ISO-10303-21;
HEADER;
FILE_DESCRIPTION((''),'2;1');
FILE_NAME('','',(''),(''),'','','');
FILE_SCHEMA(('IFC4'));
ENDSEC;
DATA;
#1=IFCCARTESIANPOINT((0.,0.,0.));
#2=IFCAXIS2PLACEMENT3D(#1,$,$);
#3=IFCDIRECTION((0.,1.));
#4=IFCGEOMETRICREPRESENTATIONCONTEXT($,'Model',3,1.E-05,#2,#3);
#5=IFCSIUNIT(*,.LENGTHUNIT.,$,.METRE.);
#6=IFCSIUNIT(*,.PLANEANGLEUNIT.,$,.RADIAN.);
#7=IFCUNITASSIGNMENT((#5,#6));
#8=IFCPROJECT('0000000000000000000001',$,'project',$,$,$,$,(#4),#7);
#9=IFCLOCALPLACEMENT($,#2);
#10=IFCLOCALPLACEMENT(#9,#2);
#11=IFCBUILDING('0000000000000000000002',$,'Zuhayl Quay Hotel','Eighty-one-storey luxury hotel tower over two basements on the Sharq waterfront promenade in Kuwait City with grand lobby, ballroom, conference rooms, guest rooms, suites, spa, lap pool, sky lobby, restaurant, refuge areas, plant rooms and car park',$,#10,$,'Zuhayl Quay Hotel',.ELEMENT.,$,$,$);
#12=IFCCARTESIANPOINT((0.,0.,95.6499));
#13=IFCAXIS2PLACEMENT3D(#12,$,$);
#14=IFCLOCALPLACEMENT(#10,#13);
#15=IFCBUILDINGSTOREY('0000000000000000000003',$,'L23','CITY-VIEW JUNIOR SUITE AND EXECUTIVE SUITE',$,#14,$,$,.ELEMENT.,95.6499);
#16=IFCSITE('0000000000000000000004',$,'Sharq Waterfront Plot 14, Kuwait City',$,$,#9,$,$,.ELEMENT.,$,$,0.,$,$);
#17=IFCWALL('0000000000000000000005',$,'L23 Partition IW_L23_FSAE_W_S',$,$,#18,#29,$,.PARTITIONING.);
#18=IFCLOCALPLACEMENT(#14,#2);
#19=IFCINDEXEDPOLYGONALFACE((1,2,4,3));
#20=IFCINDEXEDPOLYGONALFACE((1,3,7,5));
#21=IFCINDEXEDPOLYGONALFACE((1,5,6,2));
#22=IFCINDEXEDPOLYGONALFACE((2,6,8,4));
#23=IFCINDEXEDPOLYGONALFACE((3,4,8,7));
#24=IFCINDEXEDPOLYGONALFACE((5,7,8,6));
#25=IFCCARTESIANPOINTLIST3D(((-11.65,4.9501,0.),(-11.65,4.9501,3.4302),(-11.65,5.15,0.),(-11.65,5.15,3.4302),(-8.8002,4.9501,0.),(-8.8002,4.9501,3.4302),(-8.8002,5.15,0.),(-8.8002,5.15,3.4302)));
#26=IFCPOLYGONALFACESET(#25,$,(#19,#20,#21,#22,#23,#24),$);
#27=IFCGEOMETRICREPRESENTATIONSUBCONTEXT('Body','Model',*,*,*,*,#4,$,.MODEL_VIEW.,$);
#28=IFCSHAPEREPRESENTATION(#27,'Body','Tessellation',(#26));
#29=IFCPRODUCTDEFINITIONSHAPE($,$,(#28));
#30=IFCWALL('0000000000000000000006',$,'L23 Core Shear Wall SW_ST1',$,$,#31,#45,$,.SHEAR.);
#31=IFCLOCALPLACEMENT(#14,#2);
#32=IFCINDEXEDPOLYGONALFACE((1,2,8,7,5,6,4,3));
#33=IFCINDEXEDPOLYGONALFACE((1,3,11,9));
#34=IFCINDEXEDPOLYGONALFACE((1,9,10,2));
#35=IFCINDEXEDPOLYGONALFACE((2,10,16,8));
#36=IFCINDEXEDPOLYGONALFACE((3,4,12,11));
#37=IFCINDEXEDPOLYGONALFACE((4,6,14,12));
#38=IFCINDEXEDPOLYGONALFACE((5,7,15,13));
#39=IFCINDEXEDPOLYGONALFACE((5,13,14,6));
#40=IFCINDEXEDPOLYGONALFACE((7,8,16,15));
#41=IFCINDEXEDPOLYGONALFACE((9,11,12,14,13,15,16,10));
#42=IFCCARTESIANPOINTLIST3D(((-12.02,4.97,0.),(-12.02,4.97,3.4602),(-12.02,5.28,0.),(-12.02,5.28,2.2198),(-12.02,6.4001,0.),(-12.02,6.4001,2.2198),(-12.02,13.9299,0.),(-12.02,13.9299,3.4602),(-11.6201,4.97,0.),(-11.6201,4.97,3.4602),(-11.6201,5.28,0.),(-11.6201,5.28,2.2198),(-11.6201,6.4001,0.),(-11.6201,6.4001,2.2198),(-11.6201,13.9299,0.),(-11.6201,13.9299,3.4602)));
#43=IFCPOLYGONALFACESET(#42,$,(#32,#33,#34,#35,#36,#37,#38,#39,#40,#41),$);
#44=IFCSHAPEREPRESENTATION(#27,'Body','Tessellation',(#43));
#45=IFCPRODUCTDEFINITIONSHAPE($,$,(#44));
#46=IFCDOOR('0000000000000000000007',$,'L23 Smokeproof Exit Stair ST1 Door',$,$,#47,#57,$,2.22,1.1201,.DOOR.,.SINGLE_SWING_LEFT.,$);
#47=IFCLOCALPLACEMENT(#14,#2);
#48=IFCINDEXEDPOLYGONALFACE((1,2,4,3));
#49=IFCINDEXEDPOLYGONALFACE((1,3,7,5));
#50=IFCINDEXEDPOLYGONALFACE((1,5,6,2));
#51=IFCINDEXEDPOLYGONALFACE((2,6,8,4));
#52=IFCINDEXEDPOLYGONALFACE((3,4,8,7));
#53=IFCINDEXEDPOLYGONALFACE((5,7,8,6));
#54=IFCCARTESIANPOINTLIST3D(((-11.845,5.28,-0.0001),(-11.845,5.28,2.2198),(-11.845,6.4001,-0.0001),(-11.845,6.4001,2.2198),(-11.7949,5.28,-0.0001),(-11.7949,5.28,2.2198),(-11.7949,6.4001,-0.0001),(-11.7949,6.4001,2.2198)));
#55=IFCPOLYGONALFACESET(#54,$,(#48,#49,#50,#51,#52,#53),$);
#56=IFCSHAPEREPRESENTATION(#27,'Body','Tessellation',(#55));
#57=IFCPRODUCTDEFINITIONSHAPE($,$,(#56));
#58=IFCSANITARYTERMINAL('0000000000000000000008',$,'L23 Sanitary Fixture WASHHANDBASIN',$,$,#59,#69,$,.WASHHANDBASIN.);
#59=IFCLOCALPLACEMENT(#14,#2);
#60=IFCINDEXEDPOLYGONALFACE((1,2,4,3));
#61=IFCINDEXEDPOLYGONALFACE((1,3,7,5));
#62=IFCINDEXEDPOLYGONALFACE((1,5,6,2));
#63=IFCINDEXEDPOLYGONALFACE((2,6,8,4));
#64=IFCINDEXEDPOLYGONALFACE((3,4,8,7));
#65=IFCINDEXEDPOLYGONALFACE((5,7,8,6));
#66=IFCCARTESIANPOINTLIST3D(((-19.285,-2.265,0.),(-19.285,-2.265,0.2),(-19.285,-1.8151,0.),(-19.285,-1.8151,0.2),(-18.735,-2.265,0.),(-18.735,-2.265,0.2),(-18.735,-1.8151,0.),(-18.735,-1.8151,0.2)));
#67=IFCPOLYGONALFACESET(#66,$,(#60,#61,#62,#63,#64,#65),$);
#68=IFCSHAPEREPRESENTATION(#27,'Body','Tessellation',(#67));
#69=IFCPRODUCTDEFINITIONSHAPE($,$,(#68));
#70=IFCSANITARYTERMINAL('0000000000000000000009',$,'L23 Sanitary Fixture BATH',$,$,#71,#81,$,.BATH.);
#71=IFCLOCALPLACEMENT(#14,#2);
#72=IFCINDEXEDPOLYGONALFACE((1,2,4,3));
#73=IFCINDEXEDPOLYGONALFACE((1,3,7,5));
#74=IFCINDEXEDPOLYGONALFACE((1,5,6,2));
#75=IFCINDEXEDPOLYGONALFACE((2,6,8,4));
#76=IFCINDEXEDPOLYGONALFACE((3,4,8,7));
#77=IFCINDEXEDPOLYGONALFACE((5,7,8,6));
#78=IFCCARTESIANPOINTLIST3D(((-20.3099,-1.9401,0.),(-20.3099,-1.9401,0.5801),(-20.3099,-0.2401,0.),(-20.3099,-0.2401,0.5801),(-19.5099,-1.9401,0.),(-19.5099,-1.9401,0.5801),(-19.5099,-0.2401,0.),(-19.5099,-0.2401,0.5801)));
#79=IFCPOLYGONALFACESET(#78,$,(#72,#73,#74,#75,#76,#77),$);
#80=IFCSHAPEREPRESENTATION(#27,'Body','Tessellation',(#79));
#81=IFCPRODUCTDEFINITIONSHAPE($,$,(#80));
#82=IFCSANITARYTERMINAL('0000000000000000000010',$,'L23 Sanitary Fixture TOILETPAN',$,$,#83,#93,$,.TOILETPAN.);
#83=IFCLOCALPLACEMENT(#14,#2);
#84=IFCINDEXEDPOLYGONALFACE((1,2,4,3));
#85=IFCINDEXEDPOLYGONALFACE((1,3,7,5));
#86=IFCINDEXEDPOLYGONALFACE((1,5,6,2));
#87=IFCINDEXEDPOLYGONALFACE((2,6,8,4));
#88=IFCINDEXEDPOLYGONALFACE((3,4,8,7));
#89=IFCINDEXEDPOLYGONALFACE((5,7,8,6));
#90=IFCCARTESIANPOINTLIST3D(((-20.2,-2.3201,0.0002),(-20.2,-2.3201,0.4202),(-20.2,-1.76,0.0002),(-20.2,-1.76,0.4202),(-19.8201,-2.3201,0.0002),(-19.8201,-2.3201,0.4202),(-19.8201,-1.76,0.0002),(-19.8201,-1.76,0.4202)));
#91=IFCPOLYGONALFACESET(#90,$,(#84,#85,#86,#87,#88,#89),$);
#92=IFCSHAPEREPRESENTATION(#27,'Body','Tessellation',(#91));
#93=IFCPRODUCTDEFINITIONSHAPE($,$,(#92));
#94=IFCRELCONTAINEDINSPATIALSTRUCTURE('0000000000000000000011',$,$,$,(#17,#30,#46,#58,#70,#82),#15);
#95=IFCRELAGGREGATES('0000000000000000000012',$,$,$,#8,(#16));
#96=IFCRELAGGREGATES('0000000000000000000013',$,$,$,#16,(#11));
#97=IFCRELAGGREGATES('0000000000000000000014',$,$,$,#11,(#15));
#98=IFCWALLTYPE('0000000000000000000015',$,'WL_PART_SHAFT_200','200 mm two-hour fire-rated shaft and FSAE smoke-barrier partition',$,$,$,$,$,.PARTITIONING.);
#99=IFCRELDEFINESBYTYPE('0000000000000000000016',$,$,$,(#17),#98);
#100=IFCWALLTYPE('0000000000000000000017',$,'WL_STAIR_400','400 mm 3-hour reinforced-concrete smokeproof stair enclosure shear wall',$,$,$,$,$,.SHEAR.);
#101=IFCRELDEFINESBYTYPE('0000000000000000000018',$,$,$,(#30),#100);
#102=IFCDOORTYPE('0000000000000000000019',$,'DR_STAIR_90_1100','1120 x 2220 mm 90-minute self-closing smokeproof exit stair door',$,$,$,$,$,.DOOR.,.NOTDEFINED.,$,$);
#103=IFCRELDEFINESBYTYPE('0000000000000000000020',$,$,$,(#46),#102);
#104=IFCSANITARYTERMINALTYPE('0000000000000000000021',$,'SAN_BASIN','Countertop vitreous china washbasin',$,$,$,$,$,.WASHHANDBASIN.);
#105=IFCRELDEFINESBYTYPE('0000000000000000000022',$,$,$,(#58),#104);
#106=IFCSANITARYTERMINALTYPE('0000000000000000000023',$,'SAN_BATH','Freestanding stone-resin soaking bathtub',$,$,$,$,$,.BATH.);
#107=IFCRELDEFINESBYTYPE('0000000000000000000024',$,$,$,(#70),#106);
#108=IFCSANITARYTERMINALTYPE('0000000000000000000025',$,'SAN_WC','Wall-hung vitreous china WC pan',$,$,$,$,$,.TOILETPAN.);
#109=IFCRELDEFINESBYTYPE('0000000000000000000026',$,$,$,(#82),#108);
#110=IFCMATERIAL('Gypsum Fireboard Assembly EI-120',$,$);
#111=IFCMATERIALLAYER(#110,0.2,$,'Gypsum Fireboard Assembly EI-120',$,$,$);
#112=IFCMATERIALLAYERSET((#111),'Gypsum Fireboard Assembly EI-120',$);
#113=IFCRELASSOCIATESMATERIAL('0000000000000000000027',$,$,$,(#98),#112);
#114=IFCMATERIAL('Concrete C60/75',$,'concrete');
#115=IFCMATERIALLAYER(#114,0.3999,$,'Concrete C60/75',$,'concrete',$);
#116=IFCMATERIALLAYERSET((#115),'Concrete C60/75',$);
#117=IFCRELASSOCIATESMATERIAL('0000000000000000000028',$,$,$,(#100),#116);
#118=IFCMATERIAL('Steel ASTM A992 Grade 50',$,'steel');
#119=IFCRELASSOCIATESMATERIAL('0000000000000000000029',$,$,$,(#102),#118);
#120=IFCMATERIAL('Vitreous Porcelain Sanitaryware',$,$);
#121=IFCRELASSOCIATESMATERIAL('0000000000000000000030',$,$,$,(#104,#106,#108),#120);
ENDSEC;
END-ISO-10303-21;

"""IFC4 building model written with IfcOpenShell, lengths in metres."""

from ifc_helpers import new_model, si_unit, direction, frame, frame_2d, origin, origin_2d, place, context, subcontext, project, spatial, rectangle, extrude, material, layer, layer_set, type_object, element, fill, save


model = new_model("IFC4")

# Units and contexts
model_context = context("Model", 3, precision=1e-05, world=origin(), true_north=direction((0.0, 1.0)))
body_context = subcontext(model_context, "Body", "Model", "MODEL_VIEW")
ifc_project = project(units=[si_unit("LENGTHUNIT", "METRE"), si_unit("PLANEANGLEUNIT", "RADIAN")], contexts=[model_context])

# Site, building, storey
site_placement = place(None, origin())
site = spatial("IfcSite", under=ifc_project, at=site_placement, Name="Sharq Waterfront Plot 14, Kuwait City", CompositionType="ELEMENT", RefElevation=0.0)
building_placement = place(site_placement, origin())
building = spatial("IfcBuilding", under=site, at=building_placement, Name="Zuhayl Quay Hotel", Description="Eighty-one-storey luxury hotel tower over two basements on the Sharq waterfront promenade in Kuwait City with grand lobby, ballroom, conference rooms, guest rooms, suites, spa, lap pool, sky lobby, restaurant, refuge areas, plant rooms and car park", LongName="Zuhayl Quay Hotel", CompositionType="ELEMENT")
storey_placement = place(building_placement, frame((0.0, 0.0, 95.6499)))
storey = spatial("IfcBuildingStorey", under=building, at=storey_placement, Name="L23", Description="CITY-VIEW JUNIOR SUITE AND EXECUTIVE SUITE", CompositionType="ELEMENT", Elevation=95.6499)

# Shared definitions
ifc_material_1 = material(Name="Concrete C60/75", Category="concrete")
ifc_material_2 = material(Name="Steel ASTM A992 Grade 50", Category="steel")

# Wall
ifc_material_3 = material(Name="Gypsum Fireboard Assembly EI-120")
ifc_layer_1 = layer(ifc_material_3, 0.2, Name="Gypsum Fireboard Assembly EI-120")
ifc_layer_set_1 = layer_set([ifc_layer_1], Name="Gypsum Fireboard Assembly EI-120")
wall_type_1 = type_object("IfcWallType", Name="WL_PART_SHAFT_200", Description="200 mm two-hour fire-rated shaft and FSAE smoke-barrier partition", PredefinedType="PARTITIONING", material=ifc_layer_set_1)
wall_1_placement = place(storey_placement, frame((-11.6499, 5.05, 0.0), z_axis=(0.0, 0.0, 1.0), x_axis=(1.0, 0.0, 0.0)))
element("IfcWall", 1, at=wall_1_placement, inside=storey, type_object=wall_type_1, Name="L23 Partition IW_L23_FSAE_W_S", PredefinedType="PARTITIONING", context=body_context, shape_type="SweptSolid", body=[
    extrude(rectangle(XDim=2.8499, YDim=0.2, at=frame_2d((1.4248, 0.0))), origin(), (0.0, 0.0, 1.0), 3.4302),
])

# Wall, opening, door
ifc_layer_2 = layer(ifc_material_1, 0.3999, Name="Concrete C60/75", Category="concrete")
ifc_layer_set_2 = layer_set([ifc_layer_2], Name="Concrete C60/75")
wall_type_2 = type_object("IfcWallType", Name="WL_STAIR_400", Description="400 mm 3-hour reinforced-concrete smokeproof stair enclosure shear wall", PredefinedType="SHEAR", material=ifc_layer_set_2)
wall_2_placement = place(storey_placement, frame((-11.8201, 4.97, 0.0), z_axis=(0.0, 0.0, 1.0), x_axis=(0.0, 1.0, 0.0)))
wall_2 = element("IfcWall", 2, at=wall_2_placement, inside=storey, type_object=wall_type_2, Name="L23 Core Shear Wall SW_ST1", PredefinedType="SHEAR", context=body_context, shape_type="SweptSolid", body=[
    extrude(rectangle(XDim=8.96, YDim=0.3999, at=frame_2d((4.48, 0.0))), origin(), (0.0, 0.0, 1.0), 3.4602),
])
opening_1_placement = place(wall_2_placement, frame((0.3101, 0.0, 0.0)))
opening_1 = element("IfcOpeningElement", 3, at=opening_1_placement, cuts=wall_2, PredefinedType="OPENING", context=body_context, shape_type="SweptSolid", body=[
    extrude(rectangle(XDim=1.1201, YDim=2.22, at=frame_2d((0.5601, 1.1099))), frame((0.0, 0.21, 0.0), z_axis=(0.0, -1.0, 0.0), x_axis=(1.0, 0.0, 0.0)), (0.0, 0.0, 1.0), 0.4199),
])
door_type_1 = type_object("IfcDoorType", Name="DR_STAIR_90_1100", Description="1120 x 2220 mm 90-minute self-closing smokeproof exit stair door", OperationType="NOTDEFINED", PredefinedType="DOOR", material=ifc_material_2)
door_1_placement = place(opening_1_placement, origin())
door_1 = element("IfcDoor", 4, at=door_1_placement, inside=storey, type_object=door_type_1, Name="L23 Smokeproof Exit Stair ST1 Door", OperationType="SINGLE_SWING_LEFT", OverallHeight=2.22, OverallWidth=1.1201, PredefinedType="DOOR", context=body_context, shape_type="SweptSolid", body=[
    extrude(rectangle(XDim=1.1201, YDim=2.22, at=frame_2d((0.5601, 1.1099))), frame((0.0, 0.0249, 0.0), z_axis=(0.0, -1.0, 0.0), x_axis=(1.0, 0.0, 0.0)), (0.0, 0.0, 1.0), 0.05),
])
fill(opening_1, door_1)

# Sanitary terminals
ifc_material_4 = material(Name="Vitreous Porcelain Sanitaryware")
sanitary_terminal_type_1 = type_object("IfcSanitaryTerminalType", Name="SAN_BASIN", Description="Countertop vitreous china washbasin", PredefinedType="WASHHANDBASIN", material=ifc_material_4)
sanitary_terminal_1_placement = place(storey_placement, frame((-19.01, -2.04, 0.0), z_axis=(0.0, 0.0, 1.0), x_axis=(1.0, 0.0, 0.0)))
element("IfcSanitaryTerminal", 5, at=sanitary_terminal_1_placement, inside=storey, type_object=sanitary_terminal_type_1, Name="L23 Sanitary Fixture WASHHANDBASIN", PredefinedType="WASHHANDBASIN", context=body_context, shape_type="SweptSolid", body=[
    extrude(rectangle(XDim=0.55, YDim=0.45, at=origin_2d()), origin(), (0.0, 0.0, 1.0), 0.2),
])
sanitary_terminal_type_2 = type_object("IfcSanitaryTerminalType", Name="SAN_BATH", Description="Freestanding stone-resin soaking bathtub", PredefinedType="BATH", material=ifc_material_4)
sanitary_terminal_2_placement = place(storey_placement, frame((-19.9099, -1.0901, 0.0), z_axis=(0.0, 0.0, 1.0), x_axis=(1.0, 0.0, 0.0)))
element("IfcSanitaryTerminal", 6, at=sanitary_terminal_2_placement, inside=storey, type_object=sanitary_terminal_type_2, Name="L23 Sanitary Fixture BATH", PredefinedType="BATH", context=body_context, shape_type="SweptSolid", body=[
    extrude(rectangle(XDim=0.8, YDim=1.7, at=origin_2d()), origin(), (0.0, 0.0, 1.0), 0.5801),
])
sanitary_terminal_type_3 = type_object("IfcSanitaryTerminalType", Name="SAN_WC", Description="Wall-hung vitreous china WC pan", PredefinedType="TOILETPAN", material=ifc_material_4)
sanitary_terminal_3_placement = place(storey_placement, frame((-20.01, -2.04, 0.0002), z_axis=(0.0, 0.0, 1.0), x_axis=(1.0, 0.0, 0.0)))
element("IfcSanitaryTerminal", 7, at=sanitary_terminal_3_placement, inside=storey, type_object=sanitary_terminal_type_3, Name="L23 Sanitary Fixture TOILETPAN", PredefinedType="TOILETPAN", context=body_context, shape_type="SweptSolid", body=[
    extrude(rectangle(XDim=0.3799, YDim=0.5601, at=origin_2d()), origin(), (0.0, 0.0, 1.0), 0.4199),
])

save(model, "model.ifc")
